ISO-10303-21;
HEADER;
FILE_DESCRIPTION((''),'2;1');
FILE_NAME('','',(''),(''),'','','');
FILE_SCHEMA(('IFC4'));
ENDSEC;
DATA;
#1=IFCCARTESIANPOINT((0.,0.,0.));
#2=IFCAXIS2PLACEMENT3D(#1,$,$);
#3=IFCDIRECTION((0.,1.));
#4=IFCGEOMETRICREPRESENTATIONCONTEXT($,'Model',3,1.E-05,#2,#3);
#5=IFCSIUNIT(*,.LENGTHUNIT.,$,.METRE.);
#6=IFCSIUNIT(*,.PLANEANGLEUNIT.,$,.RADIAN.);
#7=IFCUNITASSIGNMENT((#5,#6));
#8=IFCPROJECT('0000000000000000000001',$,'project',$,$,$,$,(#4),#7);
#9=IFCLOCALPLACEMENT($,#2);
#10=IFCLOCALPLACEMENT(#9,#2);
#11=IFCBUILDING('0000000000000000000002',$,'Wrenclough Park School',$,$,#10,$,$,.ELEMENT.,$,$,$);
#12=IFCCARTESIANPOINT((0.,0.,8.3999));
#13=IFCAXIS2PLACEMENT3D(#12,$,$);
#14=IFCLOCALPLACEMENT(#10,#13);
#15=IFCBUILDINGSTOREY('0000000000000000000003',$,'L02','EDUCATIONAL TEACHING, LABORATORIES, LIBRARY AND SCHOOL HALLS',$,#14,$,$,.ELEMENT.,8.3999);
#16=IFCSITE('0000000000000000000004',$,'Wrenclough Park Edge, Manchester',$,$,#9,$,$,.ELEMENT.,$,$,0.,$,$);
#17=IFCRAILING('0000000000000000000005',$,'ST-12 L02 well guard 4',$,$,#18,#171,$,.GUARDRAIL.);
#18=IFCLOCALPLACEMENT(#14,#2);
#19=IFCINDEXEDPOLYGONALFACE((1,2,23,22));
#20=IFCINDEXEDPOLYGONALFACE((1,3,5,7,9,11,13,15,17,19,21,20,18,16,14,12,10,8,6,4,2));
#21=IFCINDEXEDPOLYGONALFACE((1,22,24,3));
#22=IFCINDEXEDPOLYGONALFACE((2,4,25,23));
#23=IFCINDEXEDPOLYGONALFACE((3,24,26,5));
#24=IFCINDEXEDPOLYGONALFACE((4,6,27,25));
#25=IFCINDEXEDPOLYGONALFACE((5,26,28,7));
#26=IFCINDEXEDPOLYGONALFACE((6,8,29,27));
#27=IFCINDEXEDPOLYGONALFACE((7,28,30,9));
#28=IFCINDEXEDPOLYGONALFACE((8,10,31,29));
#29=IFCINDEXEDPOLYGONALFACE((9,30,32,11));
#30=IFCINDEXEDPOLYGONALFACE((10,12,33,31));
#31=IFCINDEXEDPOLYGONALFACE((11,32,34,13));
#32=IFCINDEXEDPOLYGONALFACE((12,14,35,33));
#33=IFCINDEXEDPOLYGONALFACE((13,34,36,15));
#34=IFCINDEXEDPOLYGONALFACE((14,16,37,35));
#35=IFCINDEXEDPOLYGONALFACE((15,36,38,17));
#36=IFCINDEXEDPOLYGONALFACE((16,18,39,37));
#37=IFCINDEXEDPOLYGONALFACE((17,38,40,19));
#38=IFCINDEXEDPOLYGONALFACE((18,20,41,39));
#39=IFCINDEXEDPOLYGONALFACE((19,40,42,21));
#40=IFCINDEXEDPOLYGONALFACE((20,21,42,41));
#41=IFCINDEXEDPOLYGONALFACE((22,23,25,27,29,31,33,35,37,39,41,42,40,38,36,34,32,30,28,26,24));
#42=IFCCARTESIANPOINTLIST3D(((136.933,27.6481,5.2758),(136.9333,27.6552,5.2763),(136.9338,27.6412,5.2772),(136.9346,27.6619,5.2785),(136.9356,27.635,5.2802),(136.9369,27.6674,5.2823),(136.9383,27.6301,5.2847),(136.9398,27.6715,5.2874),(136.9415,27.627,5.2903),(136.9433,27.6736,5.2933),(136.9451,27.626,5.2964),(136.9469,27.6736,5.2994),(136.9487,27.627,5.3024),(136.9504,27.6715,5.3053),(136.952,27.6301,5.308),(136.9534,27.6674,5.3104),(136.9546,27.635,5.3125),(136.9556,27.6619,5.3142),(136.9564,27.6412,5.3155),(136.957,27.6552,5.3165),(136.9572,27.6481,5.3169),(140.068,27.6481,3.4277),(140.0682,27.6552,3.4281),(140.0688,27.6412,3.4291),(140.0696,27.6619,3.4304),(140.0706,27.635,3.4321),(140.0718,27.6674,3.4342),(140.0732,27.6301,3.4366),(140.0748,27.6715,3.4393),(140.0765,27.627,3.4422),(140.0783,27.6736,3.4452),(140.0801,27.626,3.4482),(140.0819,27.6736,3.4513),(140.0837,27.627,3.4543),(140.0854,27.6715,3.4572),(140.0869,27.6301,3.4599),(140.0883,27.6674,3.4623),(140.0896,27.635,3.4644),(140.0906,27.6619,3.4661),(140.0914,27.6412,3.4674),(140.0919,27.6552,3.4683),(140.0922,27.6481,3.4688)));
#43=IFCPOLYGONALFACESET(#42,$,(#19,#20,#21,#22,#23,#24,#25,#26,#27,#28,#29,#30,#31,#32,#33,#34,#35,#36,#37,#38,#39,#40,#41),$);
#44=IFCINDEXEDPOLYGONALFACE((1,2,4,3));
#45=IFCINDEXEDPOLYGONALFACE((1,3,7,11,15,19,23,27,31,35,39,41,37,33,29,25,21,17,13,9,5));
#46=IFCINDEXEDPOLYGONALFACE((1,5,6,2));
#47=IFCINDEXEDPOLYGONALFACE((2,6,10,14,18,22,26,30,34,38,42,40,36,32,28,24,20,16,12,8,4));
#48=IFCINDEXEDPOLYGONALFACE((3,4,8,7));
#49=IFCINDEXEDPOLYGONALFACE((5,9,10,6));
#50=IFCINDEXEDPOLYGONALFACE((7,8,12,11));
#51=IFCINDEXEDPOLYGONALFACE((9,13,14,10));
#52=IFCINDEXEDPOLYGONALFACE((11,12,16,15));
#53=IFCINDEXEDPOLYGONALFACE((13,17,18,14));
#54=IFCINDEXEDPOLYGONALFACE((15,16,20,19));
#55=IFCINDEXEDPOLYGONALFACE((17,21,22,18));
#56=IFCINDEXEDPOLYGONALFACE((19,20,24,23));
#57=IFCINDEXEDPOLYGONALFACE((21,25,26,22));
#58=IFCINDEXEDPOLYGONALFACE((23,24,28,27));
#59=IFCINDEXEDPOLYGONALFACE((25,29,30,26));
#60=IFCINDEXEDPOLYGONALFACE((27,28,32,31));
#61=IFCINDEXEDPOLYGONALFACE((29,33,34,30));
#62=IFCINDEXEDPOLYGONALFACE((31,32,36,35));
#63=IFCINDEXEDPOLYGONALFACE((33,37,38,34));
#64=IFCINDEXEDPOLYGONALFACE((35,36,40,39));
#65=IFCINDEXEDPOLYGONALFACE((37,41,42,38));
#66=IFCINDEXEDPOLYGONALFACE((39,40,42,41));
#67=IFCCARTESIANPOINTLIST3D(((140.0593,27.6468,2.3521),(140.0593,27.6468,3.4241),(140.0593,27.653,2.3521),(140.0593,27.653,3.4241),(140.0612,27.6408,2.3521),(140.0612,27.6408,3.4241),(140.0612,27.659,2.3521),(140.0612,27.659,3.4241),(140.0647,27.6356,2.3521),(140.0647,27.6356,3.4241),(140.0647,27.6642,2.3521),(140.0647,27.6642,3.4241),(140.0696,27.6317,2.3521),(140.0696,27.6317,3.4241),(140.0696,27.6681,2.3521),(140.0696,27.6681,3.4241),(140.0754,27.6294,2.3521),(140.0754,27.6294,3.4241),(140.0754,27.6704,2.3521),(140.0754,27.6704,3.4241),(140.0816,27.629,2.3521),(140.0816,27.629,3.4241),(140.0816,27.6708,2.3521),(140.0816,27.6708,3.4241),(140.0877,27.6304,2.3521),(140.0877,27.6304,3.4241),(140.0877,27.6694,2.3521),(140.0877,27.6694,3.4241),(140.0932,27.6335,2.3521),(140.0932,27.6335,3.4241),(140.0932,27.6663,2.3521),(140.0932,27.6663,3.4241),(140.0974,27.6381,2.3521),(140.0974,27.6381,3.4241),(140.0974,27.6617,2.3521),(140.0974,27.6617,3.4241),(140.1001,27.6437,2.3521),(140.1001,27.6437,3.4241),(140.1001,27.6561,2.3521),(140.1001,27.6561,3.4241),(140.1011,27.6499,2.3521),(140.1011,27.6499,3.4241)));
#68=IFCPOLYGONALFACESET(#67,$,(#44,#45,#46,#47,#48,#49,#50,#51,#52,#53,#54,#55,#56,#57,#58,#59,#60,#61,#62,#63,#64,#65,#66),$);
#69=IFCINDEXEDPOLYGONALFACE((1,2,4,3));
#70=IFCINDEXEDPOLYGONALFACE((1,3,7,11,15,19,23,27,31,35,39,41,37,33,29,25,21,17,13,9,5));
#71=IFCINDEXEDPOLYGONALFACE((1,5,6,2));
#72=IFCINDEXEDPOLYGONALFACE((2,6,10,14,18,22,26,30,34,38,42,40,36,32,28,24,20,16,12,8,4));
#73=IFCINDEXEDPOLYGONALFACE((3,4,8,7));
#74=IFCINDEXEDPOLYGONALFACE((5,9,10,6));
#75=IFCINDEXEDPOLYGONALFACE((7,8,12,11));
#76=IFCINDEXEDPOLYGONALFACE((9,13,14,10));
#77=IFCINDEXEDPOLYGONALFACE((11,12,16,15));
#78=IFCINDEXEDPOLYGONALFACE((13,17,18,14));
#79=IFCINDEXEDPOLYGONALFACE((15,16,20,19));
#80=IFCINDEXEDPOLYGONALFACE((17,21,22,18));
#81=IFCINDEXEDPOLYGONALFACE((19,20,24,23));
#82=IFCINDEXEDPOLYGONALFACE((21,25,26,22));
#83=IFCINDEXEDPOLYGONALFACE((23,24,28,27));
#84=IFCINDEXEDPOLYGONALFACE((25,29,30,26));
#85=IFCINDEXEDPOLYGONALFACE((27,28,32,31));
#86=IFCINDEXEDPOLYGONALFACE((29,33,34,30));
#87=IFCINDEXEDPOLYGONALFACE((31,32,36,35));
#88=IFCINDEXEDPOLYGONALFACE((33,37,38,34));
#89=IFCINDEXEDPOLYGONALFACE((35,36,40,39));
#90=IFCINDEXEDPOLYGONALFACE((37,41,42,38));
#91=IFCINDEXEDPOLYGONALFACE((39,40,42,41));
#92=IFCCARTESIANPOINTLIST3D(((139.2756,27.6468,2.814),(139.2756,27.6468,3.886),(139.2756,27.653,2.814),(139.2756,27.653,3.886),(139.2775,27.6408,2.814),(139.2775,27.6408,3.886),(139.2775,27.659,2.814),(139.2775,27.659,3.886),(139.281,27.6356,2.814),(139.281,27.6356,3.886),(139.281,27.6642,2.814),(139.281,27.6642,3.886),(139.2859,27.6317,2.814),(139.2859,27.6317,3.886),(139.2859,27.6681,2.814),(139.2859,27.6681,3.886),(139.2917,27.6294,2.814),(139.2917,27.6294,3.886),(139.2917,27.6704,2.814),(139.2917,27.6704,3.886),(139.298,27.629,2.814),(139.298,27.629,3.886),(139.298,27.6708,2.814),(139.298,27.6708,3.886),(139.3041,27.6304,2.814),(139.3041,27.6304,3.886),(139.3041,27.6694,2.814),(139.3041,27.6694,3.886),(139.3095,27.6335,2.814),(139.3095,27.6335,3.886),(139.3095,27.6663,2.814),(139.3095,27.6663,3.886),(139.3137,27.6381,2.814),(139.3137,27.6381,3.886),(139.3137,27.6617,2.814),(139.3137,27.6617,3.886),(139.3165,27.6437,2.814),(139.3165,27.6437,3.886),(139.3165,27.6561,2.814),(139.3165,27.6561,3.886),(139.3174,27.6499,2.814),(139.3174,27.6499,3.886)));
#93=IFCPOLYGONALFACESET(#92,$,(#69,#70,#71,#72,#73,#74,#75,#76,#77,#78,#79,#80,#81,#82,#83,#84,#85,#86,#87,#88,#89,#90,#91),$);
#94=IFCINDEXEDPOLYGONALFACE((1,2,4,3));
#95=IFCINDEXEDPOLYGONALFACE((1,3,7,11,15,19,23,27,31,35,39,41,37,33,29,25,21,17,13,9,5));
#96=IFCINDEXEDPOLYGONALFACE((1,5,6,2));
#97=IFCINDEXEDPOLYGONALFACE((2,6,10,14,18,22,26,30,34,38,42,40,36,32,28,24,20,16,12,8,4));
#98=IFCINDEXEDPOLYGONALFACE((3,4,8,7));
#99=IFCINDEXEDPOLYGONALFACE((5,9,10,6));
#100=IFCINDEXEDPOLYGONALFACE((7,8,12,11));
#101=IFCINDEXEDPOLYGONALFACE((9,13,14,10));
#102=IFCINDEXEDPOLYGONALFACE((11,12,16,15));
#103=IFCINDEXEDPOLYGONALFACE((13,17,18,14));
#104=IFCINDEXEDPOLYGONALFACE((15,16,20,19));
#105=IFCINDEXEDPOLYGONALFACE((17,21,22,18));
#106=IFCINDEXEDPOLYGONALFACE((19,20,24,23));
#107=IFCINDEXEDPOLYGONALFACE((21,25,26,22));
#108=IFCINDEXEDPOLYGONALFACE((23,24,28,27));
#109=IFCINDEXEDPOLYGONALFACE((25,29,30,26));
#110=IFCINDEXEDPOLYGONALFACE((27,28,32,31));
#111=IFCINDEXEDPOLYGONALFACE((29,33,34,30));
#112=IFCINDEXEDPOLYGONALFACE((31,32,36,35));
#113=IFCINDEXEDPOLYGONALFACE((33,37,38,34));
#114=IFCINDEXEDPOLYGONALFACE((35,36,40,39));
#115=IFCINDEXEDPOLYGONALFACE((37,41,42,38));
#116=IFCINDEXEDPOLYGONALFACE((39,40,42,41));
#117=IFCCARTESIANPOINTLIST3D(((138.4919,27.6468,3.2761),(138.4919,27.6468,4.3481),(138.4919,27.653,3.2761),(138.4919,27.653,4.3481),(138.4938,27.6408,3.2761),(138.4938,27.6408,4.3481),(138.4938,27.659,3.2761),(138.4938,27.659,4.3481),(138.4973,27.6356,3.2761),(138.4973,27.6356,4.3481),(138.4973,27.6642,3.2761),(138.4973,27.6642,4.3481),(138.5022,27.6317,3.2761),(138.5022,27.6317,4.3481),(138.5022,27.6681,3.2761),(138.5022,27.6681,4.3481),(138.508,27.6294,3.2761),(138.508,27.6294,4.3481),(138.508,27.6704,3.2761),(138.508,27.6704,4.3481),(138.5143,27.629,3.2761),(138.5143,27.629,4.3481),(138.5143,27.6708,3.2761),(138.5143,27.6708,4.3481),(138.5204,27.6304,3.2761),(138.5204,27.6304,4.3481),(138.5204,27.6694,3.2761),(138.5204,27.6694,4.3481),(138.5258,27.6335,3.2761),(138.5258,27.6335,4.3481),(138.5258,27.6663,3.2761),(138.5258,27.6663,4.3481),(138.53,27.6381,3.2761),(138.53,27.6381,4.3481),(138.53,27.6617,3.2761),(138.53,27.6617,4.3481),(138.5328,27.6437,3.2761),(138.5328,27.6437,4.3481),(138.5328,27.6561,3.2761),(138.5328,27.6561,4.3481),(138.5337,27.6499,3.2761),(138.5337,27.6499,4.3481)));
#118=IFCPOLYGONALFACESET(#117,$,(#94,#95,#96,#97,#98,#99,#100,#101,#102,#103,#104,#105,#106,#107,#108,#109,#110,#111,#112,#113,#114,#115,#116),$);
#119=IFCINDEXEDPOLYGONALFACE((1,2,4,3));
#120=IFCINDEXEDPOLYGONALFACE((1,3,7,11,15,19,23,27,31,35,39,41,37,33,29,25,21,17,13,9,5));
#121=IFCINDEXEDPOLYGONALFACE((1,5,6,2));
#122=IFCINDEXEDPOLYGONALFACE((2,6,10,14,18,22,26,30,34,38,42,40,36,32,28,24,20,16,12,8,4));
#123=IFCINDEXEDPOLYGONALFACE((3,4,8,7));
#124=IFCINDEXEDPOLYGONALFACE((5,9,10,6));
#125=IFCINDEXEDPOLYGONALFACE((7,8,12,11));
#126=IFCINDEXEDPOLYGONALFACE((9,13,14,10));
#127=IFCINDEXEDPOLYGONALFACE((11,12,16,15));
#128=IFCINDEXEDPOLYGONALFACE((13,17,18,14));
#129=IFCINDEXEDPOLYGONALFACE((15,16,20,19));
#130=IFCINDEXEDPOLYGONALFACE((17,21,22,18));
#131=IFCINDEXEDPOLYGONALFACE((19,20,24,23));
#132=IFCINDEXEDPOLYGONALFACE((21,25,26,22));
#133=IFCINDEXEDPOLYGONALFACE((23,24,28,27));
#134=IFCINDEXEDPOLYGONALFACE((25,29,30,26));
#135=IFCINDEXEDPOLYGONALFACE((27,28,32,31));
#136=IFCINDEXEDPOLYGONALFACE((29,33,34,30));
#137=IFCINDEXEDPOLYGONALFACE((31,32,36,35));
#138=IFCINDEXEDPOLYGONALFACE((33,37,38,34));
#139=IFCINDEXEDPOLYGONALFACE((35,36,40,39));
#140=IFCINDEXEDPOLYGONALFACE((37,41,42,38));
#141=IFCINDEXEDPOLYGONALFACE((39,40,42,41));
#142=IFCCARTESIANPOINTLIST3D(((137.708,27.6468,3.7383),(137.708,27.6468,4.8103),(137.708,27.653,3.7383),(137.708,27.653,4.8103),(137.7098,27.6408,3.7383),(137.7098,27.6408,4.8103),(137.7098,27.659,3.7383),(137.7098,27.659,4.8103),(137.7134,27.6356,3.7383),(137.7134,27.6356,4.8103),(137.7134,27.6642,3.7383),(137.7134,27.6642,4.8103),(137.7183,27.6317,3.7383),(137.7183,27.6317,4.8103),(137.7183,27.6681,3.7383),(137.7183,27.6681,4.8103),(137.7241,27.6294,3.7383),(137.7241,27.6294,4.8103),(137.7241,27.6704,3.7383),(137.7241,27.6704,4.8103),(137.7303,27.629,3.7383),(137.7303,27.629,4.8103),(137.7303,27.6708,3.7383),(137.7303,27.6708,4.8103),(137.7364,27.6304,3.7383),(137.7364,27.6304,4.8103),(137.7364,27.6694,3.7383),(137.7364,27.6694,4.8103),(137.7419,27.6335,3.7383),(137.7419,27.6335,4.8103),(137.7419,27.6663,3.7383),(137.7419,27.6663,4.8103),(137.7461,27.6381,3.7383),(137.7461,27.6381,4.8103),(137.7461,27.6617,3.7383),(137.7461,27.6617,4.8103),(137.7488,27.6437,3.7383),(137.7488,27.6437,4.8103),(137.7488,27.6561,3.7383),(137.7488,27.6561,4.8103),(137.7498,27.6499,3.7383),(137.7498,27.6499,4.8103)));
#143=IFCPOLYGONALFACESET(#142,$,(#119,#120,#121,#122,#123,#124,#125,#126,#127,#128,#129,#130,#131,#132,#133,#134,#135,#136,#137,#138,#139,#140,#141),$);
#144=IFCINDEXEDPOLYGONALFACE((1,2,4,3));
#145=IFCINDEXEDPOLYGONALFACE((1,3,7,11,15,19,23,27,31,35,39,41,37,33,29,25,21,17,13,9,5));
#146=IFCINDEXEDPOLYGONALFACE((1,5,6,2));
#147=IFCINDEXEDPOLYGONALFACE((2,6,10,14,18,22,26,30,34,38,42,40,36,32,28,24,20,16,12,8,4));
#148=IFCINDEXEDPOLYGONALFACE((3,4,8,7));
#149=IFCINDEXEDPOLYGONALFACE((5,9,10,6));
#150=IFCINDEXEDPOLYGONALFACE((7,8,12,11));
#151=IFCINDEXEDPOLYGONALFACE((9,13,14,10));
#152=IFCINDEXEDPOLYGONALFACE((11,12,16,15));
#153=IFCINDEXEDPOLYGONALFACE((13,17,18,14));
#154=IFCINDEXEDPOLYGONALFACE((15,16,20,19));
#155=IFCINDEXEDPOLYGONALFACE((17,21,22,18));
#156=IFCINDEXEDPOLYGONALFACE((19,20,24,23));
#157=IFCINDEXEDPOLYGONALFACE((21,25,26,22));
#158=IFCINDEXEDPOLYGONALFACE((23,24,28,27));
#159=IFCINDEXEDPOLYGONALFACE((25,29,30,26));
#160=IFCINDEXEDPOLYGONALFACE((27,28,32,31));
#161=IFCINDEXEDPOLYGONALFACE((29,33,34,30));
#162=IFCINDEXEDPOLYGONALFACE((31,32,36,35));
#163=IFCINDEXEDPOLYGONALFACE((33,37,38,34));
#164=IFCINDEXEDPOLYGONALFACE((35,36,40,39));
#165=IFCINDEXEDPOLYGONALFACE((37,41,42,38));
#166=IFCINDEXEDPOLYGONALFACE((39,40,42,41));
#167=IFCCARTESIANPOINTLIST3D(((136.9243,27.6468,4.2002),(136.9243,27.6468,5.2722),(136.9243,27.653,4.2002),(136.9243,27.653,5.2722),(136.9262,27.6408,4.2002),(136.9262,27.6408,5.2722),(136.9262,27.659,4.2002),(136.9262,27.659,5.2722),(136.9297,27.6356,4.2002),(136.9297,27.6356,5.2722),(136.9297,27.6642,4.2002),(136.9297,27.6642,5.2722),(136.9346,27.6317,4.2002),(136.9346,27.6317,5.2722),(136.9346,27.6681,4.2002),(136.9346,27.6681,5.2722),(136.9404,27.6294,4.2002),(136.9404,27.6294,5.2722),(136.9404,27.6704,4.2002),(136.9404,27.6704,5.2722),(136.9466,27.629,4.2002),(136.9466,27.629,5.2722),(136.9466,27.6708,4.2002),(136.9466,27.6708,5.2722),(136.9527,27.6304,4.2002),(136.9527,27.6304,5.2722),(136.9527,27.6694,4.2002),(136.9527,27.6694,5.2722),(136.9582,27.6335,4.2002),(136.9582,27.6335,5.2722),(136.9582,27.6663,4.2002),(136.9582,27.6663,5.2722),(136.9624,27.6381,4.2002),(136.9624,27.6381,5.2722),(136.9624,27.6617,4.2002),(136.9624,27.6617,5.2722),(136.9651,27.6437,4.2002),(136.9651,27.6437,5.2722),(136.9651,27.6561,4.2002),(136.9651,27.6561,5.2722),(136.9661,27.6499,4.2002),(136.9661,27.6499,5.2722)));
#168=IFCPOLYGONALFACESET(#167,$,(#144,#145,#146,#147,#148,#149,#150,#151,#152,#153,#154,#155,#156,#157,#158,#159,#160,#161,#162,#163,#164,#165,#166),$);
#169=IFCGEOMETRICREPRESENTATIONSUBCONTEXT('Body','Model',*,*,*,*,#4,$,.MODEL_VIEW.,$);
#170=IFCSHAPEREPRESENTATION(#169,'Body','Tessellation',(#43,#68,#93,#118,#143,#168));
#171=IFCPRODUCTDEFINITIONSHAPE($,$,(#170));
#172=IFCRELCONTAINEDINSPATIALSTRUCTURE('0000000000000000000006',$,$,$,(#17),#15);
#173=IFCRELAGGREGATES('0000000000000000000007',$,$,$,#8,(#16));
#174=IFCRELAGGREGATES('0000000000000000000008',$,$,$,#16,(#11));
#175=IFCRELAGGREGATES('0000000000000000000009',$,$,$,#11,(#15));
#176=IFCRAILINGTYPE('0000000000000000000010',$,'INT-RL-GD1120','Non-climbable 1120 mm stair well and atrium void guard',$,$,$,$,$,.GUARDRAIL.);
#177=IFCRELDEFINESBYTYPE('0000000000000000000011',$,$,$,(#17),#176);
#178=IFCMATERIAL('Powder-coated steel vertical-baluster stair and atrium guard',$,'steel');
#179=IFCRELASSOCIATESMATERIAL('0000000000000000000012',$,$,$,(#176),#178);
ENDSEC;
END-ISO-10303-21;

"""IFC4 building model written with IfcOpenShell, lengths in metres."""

from ifc_helpers import new_model, si_unit, direction, frame, origin, origin_2d, place, context, subcontext, project, spatial, circle, extrude, material, type_object, element, save


model = new_model("IFC4")

# Units and contexts
model_context = context("Model", 3, precision=1e-05, world=origin(), true_north=direction((0.0, 1.0)))
body_context = subcontext(model_context, "Body", "Model", "MODEL_VIEW")
ifc_project = project(units=[si_unit("LENGTHUNIT", "METRE"), si_unit("PLANEANGLEUNIT", "RADIAN")], contexts=[model_context])

# Site, building, storey
site_placement = place(None, origin())
site = spatial("IfcSite", under=ifc_project, at=site_placement, Name="Wrenclough Park Edge, Manchester", CompositionType="ELEMENT", RefElevation=0.0)
building_placement = place(site_placement, origin())
building = spatial("IfcBuilding", under=site, at=building_placement, Name="Wrenclough Park School", CompositionType="ELEMENT")
storey_placement = place(building_placement, frame((0.0, 0.0, 8.3999)))
storey = spatial("IfcBuildingStorey", under=building, at=storey_placement, Name="L02", Description="EDUCATIONAL TEACHING, LABORATORIES, LIBRARY AND SCHOOL HALLS", CompositionType="ELEMENT", Elevation=8.3999)

# Railing
ifc_material_1 = material(Name="Powder-coated steel vertical-baluster stair and atrium guard", Category="steel")
railing_type_1 = type_object("IfcRailingType", Name="INT-RL-GD1120", Description="Non-climbable 1120 mm stair well and atrium void guard", PredefinedType="GUARDRAIL", material=ifc_material_1)
railing_1_placement = place(storey_placement, frame((140.0801, 27.6499, 2.3521)))
element("IfcRailing", 1, at=railing_1_placement, inside=storey, type_object=railing_type_1, Name="ST-12 L02 well guard 4", PredefinedType="GUARDRAIL", context=body_context, shape_type="SweptSolid", body=[
    extrude(circle(Radius=0.0239, at=origin_2d()), frame((0.0, 0.0, 1.0962), z_axis=(-0.861451, 0.0, 0.507841), x_axis=(0.0, -1.0, 0.0)), (0.0, 0.0, 1.0), 3.6392),
    extrude(circle(Radius=0.021, at=origin_2d()), origin(), (0.0, 0.0, 1.0), 1.072),
    extrude(circle(Radius=0.021, at=origin_2d()), frame((-0.7837, 0.0, 0.4619)), (0.0, 0.0, 1.0), 1.072),
    extrude(circle(Radius=0.021, at=origin_2d()), frame((-1.5674, 0.0, 0.9241)), (0.0, 0.0, 1.0), 1.072),
    extrude(circle(Radius=0.021, at=origin_2d()), frame((-2.3513, 0.0, 1.3862)), (0.0, 0.0, 1.0), 1.072),
    extrude(circle(Radius=0.021, at=origin_2d()), frame((-3.135, 0.0, 1.8481)), (0.0, 0.0, 1.0), 1.072),
])

save(model, "model.ifc")
